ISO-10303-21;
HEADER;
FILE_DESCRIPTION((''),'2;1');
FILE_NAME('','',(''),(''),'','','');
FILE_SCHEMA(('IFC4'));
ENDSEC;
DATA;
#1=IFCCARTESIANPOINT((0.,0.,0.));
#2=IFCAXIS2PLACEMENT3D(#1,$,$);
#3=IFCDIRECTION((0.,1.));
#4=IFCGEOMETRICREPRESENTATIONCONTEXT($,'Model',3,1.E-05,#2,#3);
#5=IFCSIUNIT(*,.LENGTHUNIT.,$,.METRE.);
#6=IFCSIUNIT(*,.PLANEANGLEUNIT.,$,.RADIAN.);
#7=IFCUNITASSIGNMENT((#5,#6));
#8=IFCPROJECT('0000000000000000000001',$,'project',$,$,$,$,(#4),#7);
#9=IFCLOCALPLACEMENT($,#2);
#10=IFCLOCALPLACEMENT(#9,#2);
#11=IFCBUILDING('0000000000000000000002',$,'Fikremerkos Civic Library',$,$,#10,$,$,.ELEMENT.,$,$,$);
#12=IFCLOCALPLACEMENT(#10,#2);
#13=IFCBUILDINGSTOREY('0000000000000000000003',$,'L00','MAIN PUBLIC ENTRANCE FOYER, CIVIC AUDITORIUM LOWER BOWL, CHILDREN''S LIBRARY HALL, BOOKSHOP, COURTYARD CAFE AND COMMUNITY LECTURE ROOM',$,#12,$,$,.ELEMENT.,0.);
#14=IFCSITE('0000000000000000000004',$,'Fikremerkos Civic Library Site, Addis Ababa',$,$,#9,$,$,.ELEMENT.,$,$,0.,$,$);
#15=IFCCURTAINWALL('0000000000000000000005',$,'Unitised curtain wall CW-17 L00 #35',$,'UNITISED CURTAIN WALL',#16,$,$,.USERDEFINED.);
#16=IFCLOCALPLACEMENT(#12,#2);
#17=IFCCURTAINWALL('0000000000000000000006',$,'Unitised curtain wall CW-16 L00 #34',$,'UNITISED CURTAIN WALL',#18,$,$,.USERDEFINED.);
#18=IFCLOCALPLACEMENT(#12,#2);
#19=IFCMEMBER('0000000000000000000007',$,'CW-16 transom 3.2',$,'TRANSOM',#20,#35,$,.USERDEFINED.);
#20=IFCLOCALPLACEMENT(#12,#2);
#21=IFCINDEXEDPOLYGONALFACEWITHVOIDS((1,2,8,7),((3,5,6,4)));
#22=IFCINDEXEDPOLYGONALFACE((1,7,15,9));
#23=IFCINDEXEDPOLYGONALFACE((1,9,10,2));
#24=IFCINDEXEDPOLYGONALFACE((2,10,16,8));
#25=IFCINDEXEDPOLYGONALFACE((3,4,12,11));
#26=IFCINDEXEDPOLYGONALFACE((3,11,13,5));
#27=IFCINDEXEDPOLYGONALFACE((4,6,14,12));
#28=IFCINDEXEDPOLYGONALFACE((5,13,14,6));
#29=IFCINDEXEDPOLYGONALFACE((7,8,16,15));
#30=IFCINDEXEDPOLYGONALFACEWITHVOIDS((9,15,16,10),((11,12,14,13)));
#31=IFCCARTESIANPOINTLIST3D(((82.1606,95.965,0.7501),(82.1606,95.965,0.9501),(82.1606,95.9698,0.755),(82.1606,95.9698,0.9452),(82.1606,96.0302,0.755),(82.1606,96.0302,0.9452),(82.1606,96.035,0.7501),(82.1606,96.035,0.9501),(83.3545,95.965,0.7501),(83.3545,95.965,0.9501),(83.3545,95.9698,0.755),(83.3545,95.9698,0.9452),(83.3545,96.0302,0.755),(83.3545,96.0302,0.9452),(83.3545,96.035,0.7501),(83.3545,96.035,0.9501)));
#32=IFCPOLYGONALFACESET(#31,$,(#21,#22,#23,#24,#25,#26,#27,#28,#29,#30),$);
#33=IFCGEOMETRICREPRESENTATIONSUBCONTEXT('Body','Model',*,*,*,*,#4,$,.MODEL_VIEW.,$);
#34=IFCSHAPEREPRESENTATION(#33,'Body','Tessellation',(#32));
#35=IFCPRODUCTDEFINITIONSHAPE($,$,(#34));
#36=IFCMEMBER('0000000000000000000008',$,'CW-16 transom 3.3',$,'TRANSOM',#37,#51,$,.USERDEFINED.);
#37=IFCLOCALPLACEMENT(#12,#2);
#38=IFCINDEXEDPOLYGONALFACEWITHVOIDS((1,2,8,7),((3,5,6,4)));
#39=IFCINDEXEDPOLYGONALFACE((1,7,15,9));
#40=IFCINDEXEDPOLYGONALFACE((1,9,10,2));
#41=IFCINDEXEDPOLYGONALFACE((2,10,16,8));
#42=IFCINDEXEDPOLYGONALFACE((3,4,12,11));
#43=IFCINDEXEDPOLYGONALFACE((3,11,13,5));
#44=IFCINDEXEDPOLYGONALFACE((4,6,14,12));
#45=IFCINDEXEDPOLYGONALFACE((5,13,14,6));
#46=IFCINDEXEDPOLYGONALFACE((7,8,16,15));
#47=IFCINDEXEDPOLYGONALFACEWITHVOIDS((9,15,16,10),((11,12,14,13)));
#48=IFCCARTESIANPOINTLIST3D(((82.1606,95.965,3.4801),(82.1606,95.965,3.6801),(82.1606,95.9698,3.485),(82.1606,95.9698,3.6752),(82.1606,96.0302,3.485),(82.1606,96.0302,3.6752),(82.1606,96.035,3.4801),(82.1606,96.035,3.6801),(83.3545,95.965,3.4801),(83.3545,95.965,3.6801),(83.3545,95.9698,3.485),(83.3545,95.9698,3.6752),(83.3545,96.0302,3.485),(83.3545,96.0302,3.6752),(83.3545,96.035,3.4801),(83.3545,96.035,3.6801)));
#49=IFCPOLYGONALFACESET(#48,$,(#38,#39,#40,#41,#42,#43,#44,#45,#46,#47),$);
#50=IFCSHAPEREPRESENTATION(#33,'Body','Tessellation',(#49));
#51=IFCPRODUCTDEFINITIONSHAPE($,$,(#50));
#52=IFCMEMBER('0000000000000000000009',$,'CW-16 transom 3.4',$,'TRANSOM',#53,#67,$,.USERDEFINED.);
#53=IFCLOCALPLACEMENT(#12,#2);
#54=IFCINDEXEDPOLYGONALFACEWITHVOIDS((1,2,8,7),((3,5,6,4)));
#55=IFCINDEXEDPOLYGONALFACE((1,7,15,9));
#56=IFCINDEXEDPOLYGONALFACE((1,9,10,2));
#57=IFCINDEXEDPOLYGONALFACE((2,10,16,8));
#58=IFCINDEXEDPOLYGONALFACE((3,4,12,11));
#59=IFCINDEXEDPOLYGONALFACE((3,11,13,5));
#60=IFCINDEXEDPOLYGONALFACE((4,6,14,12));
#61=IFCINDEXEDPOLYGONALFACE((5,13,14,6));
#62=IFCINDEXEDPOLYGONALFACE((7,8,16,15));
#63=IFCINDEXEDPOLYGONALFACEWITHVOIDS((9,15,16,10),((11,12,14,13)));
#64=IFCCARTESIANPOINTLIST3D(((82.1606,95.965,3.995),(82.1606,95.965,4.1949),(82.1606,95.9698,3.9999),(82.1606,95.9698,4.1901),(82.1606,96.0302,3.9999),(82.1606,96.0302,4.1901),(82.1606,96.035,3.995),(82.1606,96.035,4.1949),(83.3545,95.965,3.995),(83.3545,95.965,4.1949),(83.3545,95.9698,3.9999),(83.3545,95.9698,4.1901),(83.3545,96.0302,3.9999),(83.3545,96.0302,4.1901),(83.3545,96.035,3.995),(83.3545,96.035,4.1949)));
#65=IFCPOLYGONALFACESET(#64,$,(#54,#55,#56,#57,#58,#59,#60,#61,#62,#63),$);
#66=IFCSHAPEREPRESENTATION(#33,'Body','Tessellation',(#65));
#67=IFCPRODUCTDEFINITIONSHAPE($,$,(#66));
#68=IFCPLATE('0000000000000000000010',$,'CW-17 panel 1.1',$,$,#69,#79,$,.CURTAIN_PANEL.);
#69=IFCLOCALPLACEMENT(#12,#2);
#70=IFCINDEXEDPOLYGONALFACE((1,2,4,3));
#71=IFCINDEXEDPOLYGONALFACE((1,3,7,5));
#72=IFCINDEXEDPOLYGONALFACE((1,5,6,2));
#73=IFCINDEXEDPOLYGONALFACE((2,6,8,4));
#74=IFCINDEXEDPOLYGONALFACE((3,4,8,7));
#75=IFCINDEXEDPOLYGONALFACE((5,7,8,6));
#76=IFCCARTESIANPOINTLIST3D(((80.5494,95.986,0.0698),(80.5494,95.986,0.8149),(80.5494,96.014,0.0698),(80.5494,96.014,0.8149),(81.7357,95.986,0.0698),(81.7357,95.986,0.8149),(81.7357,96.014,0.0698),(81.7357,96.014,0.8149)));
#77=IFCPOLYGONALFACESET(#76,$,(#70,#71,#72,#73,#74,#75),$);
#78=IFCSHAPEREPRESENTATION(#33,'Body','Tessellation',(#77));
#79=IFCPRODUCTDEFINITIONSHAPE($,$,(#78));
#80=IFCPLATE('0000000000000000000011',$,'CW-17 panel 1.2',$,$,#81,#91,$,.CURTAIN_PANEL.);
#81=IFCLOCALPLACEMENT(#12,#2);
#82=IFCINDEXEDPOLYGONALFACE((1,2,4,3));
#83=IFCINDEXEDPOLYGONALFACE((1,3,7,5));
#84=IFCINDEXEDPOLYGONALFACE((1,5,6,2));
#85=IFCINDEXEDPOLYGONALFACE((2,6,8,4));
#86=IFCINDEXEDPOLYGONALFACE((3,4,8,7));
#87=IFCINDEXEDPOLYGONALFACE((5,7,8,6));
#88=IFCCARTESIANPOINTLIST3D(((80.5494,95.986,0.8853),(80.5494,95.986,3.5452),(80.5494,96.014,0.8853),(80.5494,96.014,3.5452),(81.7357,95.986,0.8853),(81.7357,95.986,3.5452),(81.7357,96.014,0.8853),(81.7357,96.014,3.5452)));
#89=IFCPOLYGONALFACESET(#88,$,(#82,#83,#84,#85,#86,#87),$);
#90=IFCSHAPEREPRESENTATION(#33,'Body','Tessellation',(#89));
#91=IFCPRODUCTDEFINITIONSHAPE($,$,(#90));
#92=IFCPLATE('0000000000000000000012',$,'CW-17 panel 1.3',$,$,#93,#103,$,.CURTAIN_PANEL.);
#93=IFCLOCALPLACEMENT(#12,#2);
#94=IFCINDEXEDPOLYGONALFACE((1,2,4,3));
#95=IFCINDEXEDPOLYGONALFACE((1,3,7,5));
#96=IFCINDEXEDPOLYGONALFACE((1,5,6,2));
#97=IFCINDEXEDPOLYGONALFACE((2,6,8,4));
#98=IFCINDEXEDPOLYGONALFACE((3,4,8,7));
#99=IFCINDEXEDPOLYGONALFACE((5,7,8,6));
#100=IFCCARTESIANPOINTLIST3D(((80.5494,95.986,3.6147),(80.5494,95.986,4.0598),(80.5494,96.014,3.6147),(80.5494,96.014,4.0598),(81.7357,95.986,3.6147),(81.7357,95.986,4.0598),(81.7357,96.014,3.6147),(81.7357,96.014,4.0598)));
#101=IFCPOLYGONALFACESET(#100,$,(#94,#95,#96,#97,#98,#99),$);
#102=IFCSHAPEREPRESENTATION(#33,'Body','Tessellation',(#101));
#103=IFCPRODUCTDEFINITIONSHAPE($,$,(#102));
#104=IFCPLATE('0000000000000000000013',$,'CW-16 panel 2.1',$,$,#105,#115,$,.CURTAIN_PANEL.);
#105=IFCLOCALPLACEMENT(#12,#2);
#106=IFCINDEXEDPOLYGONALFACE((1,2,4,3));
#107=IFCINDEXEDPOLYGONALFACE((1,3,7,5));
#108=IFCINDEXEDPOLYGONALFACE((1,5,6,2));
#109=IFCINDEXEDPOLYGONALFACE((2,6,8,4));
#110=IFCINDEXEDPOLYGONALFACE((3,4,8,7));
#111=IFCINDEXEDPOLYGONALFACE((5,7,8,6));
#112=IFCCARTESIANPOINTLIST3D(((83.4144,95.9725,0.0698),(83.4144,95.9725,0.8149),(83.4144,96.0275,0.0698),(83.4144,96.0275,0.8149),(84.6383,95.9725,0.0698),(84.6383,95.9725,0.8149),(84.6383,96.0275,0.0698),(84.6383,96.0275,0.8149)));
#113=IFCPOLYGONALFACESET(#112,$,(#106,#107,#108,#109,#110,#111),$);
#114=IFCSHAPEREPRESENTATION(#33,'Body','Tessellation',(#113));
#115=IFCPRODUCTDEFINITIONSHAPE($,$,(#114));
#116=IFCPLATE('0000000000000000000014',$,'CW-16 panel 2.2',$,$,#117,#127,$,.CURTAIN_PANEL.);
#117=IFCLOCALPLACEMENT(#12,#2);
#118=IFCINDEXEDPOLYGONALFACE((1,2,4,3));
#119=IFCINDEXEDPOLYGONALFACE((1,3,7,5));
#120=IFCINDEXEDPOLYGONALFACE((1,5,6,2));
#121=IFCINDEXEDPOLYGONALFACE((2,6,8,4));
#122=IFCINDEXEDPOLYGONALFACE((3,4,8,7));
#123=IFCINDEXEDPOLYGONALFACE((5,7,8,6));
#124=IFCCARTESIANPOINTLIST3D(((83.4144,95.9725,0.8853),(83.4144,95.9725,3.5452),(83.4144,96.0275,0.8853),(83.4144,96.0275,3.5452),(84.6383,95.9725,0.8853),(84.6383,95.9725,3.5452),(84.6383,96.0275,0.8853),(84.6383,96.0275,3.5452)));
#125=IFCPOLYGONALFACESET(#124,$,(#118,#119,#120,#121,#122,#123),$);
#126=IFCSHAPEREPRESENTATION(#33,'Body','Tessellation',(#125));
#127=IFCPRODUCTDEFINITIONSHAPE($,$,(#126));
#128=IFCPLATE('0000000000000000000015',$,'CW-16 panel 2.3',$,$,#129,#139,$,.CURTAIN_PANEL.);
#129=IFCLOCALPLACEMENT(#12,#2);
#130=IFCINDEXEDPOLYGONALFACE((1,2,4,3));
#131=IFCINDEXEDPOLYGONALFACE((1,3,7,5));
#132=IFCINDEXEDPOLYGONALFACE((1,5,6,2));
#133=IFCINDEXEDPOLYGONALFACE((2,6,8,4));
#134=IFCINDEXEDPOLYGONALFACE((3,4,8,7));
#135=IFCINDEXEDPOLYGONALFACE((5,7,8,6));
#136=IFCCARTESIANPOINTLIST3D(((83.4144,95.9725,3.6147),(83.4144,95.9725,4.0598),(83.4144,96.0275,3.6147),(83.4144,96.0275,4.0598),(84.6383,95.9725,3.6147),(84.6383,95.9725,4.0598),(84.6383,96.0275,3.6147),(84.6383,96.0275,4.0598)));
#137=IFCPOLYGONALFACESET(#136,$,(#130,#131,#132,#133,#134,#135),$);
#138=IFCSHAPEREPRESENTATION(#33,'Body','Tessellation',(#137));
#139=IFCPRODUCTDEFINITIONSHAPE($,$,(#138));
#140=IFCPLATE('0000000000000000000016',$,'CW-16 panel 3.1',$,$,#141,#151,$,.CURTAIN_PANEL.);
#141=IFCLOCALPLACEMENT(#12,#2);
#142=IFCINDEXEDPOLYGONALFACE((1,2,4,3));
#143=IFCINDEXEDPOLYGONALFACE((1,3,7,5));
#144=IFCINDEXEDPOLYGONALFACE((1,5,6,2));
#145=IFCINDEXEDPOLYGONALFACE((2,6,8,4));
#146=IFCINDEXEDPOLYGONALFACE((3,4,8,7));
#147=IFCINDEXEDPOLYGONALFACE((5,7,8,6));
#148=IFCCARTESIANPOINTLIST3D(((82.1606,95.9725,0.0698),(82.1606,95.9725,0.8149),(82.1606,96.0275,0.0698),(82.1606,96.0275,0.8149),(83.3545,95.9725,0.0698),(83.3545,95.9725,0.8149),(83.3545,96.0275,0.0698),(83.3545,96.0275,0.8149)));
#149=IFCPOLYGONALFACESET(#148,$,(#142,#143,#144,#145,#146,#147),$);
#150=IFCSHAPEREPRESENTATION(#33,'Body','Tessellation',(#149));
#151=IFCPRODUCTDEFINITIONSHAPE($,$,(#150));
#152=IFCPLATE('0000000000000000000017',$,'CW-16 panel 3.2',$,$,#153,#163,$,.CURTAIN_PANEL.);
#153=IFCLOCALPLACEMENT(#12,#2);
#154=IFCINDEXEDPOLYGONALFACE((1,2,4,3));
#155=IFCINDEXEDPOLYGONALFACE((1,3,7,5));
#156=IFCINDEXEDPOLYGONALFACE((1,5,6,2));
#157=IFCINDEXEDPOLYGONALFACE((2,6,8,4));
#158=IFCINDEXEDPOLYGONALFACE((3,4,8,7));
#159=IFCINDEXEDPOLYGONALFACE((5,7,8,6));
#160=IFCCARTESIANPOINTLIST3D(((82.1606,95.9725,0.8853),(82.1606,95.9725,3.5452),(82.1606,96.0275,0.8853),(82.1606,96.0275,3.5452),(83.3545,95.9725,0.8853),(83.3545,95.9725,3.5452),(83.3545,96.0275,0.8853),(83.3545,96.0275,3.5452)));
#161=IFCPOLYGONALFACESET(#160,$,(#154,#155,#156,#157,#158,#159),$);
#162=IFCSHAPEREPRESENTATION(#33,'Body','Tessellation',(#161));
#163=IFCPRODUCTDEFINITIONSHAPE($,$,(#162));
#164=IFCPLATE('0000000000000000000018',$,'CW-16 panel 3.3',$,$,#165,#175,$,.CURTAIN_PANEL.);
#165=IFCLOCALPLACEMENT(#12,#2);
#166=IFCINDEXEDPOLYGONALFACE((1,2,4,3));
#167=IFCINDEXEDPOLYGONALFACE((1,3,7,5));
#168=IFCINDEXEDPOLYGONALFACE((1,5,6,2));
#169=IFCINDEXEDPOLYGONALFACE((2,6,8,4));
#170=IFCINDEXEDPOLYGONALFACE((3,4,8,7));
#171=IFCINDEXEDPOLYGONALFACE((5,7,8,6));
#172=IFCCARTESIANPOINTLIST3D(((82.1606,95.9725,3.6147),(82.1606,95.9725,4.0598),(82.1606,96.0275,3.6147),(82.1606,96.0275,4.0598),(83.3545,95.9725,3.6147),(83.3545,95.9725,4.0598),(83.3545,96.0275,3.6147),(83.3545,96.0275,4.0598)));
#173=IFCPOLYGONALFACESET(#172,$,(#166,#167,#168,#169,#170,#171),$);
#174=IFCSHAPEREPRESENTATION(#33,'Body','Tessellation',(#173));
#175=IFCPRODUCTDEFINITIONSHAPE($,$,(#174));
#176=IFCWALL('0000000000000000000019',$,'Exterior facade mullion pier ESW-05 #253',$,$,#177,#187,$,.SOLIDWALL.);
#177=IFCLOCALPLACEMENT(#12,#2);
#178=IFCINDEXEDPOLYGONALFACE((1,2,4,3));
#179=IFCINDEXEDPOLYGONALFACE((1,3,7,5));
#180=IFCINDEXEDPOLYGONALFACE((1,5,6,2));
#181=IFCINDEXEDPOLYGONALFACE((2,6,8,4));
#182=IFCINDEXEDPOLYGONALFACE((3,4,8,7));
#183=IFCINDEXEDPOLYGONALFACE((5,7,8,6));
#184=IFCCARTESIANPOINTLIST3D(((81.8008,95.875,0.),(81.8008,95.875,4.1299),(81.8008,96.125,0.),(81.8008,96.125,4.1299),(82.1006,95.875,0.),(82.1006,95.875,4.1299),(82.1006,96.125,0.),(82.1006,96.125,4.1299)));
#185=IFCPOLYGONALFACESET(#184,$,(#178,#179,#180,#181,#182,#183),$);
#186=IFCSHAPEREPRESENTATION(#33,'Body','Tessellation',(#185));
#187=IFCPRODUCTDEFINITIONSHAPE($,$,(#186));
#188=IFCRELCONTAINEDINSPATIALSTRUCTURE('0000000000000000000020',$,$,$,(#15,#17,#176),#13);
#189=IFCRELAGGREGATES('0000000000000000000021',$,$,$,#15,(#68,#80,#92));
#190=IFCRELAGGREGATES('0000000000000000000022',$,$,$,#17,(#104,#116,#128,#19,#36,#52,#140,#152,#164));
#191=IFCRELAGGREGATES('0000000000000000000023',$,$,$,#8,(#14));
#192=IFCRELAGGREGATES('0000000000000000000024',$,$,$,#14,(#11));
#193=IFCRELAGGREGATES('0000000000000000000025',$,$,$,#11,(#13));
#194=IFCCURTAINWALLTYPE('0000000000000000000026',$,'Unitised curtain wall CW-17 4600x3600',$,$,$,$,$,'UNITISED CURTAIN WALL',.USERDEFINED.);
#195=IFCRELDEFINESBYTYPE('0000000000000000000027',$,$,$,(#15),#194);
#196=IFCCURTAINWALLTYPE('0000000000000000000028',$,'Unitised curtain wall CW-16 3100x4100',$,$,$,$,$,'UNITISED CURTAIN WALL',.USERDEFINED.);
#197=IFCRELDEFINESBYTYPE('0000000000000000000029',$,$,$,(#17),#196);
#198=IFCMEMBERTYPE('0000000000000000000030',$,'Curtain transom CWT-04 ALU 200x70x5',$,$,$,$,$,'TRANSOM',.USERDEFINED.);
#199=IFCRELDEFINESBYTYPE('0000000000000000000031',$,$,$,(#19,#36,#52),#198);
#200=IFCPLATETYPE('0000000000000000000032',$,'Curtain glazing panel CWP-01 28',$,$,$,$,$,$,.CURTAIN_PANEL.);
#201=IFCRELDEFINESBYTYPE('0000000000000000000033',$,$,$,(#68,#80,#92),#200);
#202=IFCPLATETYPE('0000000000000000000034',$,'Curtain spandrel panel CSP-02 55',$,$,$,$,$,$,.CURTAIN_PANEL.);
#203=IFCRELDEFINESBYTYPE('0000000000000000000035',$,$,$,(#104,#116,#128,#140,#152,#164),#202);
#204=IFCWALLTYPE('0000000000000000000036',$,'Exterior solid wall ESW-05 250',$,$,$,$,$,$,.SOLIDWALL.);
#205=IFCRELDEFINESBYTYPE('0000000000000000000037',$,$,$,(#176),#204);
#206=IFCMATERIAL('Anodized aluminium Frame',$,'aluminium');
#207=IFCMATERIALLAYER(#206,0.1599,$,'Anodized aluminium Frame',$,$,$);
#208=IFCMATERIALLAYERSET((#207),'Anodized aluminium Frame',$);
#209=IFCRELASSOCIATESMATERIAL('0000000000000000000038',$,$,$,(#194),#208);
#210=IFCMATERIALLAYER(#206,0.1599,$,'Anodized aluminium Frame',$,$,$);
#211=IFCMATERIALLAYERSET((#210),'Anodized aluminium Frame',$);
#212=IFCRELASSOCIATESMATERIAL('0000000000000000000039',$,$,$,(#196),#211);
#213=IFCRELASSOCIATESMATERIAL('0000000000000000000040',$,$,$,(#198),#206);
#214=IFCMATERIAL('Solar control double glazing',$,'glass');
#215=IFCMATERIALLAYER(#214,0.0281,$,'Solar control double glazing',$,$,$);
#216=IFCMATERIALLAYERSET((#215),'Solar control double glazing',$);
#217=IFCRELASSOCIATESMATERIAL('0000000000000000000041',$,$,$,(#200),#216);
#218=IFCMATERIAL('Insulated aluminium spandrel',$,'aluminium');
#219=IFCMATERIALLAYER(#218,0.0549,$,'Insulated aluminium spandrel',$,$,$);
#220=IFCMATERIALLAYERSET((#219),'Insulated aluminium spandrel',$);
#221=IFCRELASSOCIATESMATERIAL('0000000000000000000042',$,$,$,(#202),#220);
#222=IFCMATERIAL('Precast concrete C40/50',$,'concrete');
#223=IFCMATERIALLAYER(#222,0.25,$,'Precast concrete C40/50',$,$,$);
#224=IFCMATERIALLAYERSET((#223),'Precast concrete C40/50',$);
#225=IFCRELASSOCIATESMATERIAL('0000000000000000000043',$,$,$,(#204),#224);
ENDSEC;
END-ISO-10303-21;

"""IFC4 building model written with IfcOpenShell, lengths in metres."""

from ifc_helpers import new_model, si_unit, direction, frame, frame_2d, origin, origin_2d, place, context, subcontext, project, spatial, rectangle, hollow_rectangle, extrude, material, layer, layer_set, material_profile, profile_set, type_object, element, aggregate, save


model = new_model("IFC4")

# Units and contexts
model_context = context("Model", 3, precision=1e-05, world=origin(), true_north=direction((0.0, 1.0)))
body_context = subcontext(model_context, "Body", "Model", "MODEL_VIEW")
ifc_project = project(units=[si_unit("LENGTHUNIT", "METRE"), si_unit("PLANEANGLEUNIT", "RADIAN")], contexts=[model_context])

# Site, building, storey
site_placement = place(None, origin())
site = spatial("IfcSite", under=ifc_project, at=site_placement, Name="Fikremerkos Civic Library Site, Addis Ababa", CompositionType="ELEMENT", RefElevation=0.0)
building_placement = place(site_placement, origin())
building = spatial("IfcBuilding", under=site, at=building_placement, Name="Fikremerkos Civic Library", CompositionType="ELEMENT")
storey_placement = place(building_placement, origin())
storey = spatial("IfcBuildingStorey", under=building, at=storey_placement, Name="L00", Description="MAIN PUBLIC ENTRANCE FOYER, CIVIC AUDITORIUM LOWER BOWL, CHILDREN'S LIBRARY HALL, BOOKSHOP, COURTYARD CAFE AND COMMUNITY LECTURE ROOM", CompositionType="ELEMENT", Elevation=0.0)

# Curtain walls
ifc_material_1 = material(Name="Anodized aluminium Frame", Category="aluminium")
ifc_layer_1 = layer(ifc_material_1, 0.1599, Name="Anodized aluminium Frame")
ifc_layer_set_1 = layer_set([ifc_layer_1], Name="Anodized aluminium Frame")
curtain_wall_type_1 = type_object("IfcCurtainWallType", Name="Unitised curtain wall CW-17 4600x3600", ElementType="UNITISED CURTAIN WALL", PredefinedType="USERDEFINED", material=ifc_layer_set_1)
curtain_wall_1_placement = place(storey_placement, origin())
curtain_wall_1 = element("IfcCurtainWall", 1, at=curtain_wall_1_placement, inside=storey, type_object=curtain_wall_type_1, Name="Unitised curtain wall CW-17 L00 #35", ObjectType="UNITISED CURTAIN WALL", PredefinedType="USERDEFINED")
ifc_layer_2 = layer(ifc_material_1, 0.1599, Name="Anodized aluminium Frame")
ifc_layer_set_2 = layer_set([ifc_layer_2], Name="Anodized aluminium Frame")
curtain_wall_type_2 = type_object("IfcCurtainWallType", Name="Unitised curtain wall CW-16 3100x4100", ElementType="UNITISED CURTAIN WALL", PredefinedType="USERDEFINED", material=ifc_layer_set_2)
curtain_wall_2_placement = place(storey_placement, origin())
curtain_wall_2 = element("IfcCurtainWall", 2, at=curtain_wall_2_placement, inside=storey, type_object=curtain_wall_type_2, Name="Unitised curtain wall CW-16 L00 #34", ObjectType="UNITISED CURTAIN WALL", PredefinedType="USERDEFINED")

# Members
ifc_material_profile_1 = material_profile(ifc_material_1, hollow_rectangle(XDim=0.0701, YDim=0.2, WallThickness=0.0049, at=origin_2d()), Name="ALU 200x70x5")
ifc_profile_set_1 = profile_set([ifc_material_profile_1], Name="Anodized aluminium Frame")
member_type_1 = type_object("IfcMemberType", Name="Curtain transom CWT-04 ALU 200x70x5", ElementType="TRANSOM", PredefinedType="USERDEFINED", material=ifc_profile_set_1)
member_1_placement = place(storey_placement, frame((83.3545, 96.0, 0.8501), z_axis=(-1.0, 0.0, 0.0), x_axis=(0.0, -1.0, 0.0)))
member_1 = element("IfcMember", 3, at=member_1_placement, type_object=member_type_1, Name="CW-16 transom 3.2", ObjectType="TRANSOM", PredefinedType="USERDEFINED", context=body_context, shape_type="SweptSolid", body=[
    extrude(hollow_rectangle(XDim=0.0701, YDim=0.2, WallThickness=0.0049, at=origin_2d()), origin(), (0.0, 0.0, 1.0), 1.1938),
])
member_2_placement = place(storey_placement, frame((83.3545, 96.0, 3.5801), z_axis=(-1.0, 0.0, 0.0), x_axis=(0.0, -1.0, 0.0)))
member_2 = element("IfcMember", 4, at=member_2_placement, type_object=member_type_1, Name="CW-16 transom 3.3", ObjectType="TRANSOM", PredefinedType="USERDEFINED", context=body_context, shape_type="SweptSolid", body=[
    extrude(hollow_rectangle(XDim=0.0701, YDim=0.2, WallThickness=0.0049, at=origin_2d()), origin(), (0.0, 0.0, 1.0), 1.1938),
])
member_3_placement = place(storey_placement, frame((83.3545, 96.0, 4.095), z_axis=(-1.0, 0.0, 0.0), x_axis=(0.0, -1.0, 0.0)))
member_3 = element("IfcMember", 5, at=member_3_placement, type_object=member_type_1, Name="CW-16 transom 3.4", ObjectType="TRANSOM", PredefinedType="USERDEFINED", context=body_context, shape_type="SweptSolid", body=[
    extrude(hollow_rectangle(XDim=0.0701, YDim=0.2, WallThickness=0.0049, at=origin_2d()), origin(), (0.0, 0.0, 1.0), 1.1938),
])

# Plates
ifc_material_2 = material(Name="Solar control double glazing", Category="glass")
ifc_layer_3 = layer(ifc_material_2, 0.0281, Name="Solar control double glazing")
ifc_layer_set_3 = layer_set([ifc_layer_3], Name="Solar control double glazing")
plate_type_1 = type_object("IfcPlateType", Name="Curtain glazing panel CWP-01 28", PredefinedType="CURTAIN_PANEL", material=ifc_layer_set_3)
plate_1_placement = place(storey_placement, frame((81.1426, 96.0, 0.0698), z_axis=(0.0, 0.0, 1.0), x_axis=(-1.0, 0.0, 0.0)))
plate_1 = element("IfcPlate", 6, at=plate_1_placement, type_object=plate_type_1, Name="CW-17 panel 1.1", PredefinedType="CURTAIN_PANEL", context=body_context, shape_type="SweptSolid", body=[
    extrude(rectangle(XDim=1.1863, YDim=0.0281, at=origin_2d()), origin(), (0.0, 0.0, 1.0), 0.7451),
])
plate_2_placement = place(storey_placement, frame((81.1426, 96.0, 0.8853), z_axis=(0.0, 0.0, 1.0), x_axis=(-1.0, 0.0, 0.0)))
plate_2 = element("IfcPlate", 7, at=plate_2_placement, type_object=plate_type_1, Name="CW-17 panel 1.2", PredefinedType="CURTAIN_PANEL", context=body_context, shape_type="SweptSolid", body=[
    extrude(rectangle(XDim=1.1863, YDim=0.0281, at=origin_2d()), origin(), (0.0, 0.0, 1.0), 2.6599),
])
plate_3_placement = place(storey_placement, frame((81.1426, 96.0, 3.6147), z_axis=(0.0, 0.0, 1.0), x_axis=(-1.0, 0.0, 0.0)))
plate_3 = element("IfcPlate", 8, at=plate_3_placement, type_object=plate_type_1, Name="CW-17 panel 1.3", PredefinedType="CURTAIN_PANEL", context=body_context, shape_type="SweptSolid", body=[
    extrude(rectangle(XDim=1.1863, YDim=0.0281, at=origin_2d()), origin(), (0.0, 0.0, 1.0), 0.4451),
])
aggregate(curtain_wall_1, [plate_1, plate_2, plate_3])
ifc_material_3 = material(Name="Insulated aluminium spandrel", Category="aluminium")
ifc_layer_4 = layer(ifc_material_3, 0.0549, Name="Insulated aluminium spandrel")
ifc_layer_set_4 = layer_set([ifc_layer_4], Name="Insulated aluminium spandrel")
plate_type_2 = type_object("IfcPlateType", Name="Curtain spandrel panel CSP-02 55", PredefinedType="CURTAIN_PANEL", material=ifc_layer_set_4)
plate_4_placement = place(storey_placement, frame((84.0264, 96.0, 0.0698), z_axis=(0.0, 0.0, 1.0), x_axis=(-1.0, 0.0, 0.0)))
plate_4 = element("IfcPlate", 9, at=plate_4_placement, type_object=plate_type_2, Name="CW-16 panel 2.1", PredefinedType="CURTAIN_PANEL", context=body_context, shape_type="SweptSolid", body=[
    extrude(rectangle(XDim=1.2239, YDim=0.0549, at=origin_2d()), origin(), (0.0, 0.0, 1.0), 0.7451),
])
plate_5_placement = place(storey_placement, frame((84.0264, 96.0, 0.8853), z_axis=(0.0, 0.0, 1.0), x_axis=(-1.0, 0.0, 0.0)))
plate_5 = element("IfcPlate", 10, at=plate_5_placement, type_object=plate_type_2, Name="CW-16 panel 2.2", PredefinedType="CURTAIN_PANEL", context=body_context, shape_type="SweptSolid", body=[
    extrude(rectangle(XDim=1.2239, YDim=0.0549, at=origin_2d()), origin(), (0.0, 0.0, 1.0), 2.6599),
])
plate_6_placement = place(storey_placement, frame((84.0264, 96.0, 3.6147), z_axis=(0.0, 0.0, 1.0), x_axis=(-1.0, 0.0, 0.0)))
plate_6 = element("IfcPlate", 11, at=plate_6_placement, type_object=plate_type_2, Name="CW-16 panel 2.3", PredefinedType="CURTAIN_PANEL", context=body_context, shape_type="SweptSolid", body=[
    extrude(rectangle(XDim=1.2239, YDim=0.0549, at=origin_2d()), origin(), (0.0, 0.0, 1.0), 0.4451),
])
plate_7_placement = place(storey_placement, frame((82.7576, 96.0, 0.0698), z_axis=(0.0, 0.0, 1.0), x_axis=(-1.0, 0.0, 0.0)))
plate_7 = element("IfcPlate", 12, at=plate_7_placement, type_object=plate_type_2, Name="CW-16 panel 3.1", PredefinedType="CURTAIN_PANEL", context=body_context, shape_type="SweptSolid", body=[
    extrude(rectangle(XDim=1.1938, YDim=0.0549, at=origin_2d()), origin(), (0.0, 0.0, 1.0), 0.7451),
])
plate_8_placement = place(storey_placement, frame((82.7576, 96.0, 0.8853), z_axis=(0.0, 0.0, 1.0), x_axis=(-1.0, 0.0, 0.0)))
plate_8 = element("IfcPlate", 13, at=plate_8_placement, type_object=plate_type_2, Name="CW-16 panel 3.2", PredefinedType="CURTAIN_PANEL", context=body_context, shape_type="SweptSolid", body=[
    extrude(rectangle(XDim=1.1938, YDim=0.0549, at=origin_2d()), origin(), (0.0, 0.0, 1.0), 2.6599),
])
plate_9_placement = place(storey_placement, frame((82.7576, 96.0, 3.6147), z_axis=(0.0, 0.0, 1.0), x_axis=(-1.0, 0.0, 0.0)))
plate_9 = element("IfcPlate", 14, at=plate_9_placement, type_object=plate_type_2, Name="CW-16 panel 3.3", PredefinedType="CURTAIN_PANEL", context=body_context, shape_type="SweptSolid", body=[
    extrude(rectangle(XDim=1.1938, YDim=0.0549, at=origin_2d()), origin(), (0.0, 0.0, 1.0), 0.4451),
])
aggregate(curtain_wall_2, [plate_4, plate_5, plate_6, member_1, member_2, member_3, plate_7, plate_8, plate_9])

# Wall
ifc_material_4 = material(Name="Precast concrete C40/50", Category="concrete")
ifc_layer_5 = layer(ifc_material_4, 0.25, Name="Precast concrete C40/50")
ifc_layer_set_5 = layer_set([ifc_layer_5], Name="Precast concrete C40/50")
wall_type = type_object("IfcWallType", Name="Exterior solid wall ESW-05 250", PredefinedType="SOLIDWALL", material=ifc_layer_set_5)
wall_placement = place(storey_placement, frame((82.1006, 96.0, 0.0), z_axis=(0.0, 0.0, 1.0), x_axis=(-1.0, 0.0, 0.0)))
element("IfcWall", 15, at=wall_placement, inside=storey, type_object=wall_type, Name="Exterior facade mullion pier ESW-05 #253", PredefinedType="SOLIDWALL", context=body_context, shape_type="SweptSolid", body=[
    extrude(rectangle(XDim=0.2998, YDim=0.25, at=frame_2d((0.1499, 0.0))), origin(), (0.0, 0.0, 1.0), 4.1299),
])

save(model, "model.ifc")
